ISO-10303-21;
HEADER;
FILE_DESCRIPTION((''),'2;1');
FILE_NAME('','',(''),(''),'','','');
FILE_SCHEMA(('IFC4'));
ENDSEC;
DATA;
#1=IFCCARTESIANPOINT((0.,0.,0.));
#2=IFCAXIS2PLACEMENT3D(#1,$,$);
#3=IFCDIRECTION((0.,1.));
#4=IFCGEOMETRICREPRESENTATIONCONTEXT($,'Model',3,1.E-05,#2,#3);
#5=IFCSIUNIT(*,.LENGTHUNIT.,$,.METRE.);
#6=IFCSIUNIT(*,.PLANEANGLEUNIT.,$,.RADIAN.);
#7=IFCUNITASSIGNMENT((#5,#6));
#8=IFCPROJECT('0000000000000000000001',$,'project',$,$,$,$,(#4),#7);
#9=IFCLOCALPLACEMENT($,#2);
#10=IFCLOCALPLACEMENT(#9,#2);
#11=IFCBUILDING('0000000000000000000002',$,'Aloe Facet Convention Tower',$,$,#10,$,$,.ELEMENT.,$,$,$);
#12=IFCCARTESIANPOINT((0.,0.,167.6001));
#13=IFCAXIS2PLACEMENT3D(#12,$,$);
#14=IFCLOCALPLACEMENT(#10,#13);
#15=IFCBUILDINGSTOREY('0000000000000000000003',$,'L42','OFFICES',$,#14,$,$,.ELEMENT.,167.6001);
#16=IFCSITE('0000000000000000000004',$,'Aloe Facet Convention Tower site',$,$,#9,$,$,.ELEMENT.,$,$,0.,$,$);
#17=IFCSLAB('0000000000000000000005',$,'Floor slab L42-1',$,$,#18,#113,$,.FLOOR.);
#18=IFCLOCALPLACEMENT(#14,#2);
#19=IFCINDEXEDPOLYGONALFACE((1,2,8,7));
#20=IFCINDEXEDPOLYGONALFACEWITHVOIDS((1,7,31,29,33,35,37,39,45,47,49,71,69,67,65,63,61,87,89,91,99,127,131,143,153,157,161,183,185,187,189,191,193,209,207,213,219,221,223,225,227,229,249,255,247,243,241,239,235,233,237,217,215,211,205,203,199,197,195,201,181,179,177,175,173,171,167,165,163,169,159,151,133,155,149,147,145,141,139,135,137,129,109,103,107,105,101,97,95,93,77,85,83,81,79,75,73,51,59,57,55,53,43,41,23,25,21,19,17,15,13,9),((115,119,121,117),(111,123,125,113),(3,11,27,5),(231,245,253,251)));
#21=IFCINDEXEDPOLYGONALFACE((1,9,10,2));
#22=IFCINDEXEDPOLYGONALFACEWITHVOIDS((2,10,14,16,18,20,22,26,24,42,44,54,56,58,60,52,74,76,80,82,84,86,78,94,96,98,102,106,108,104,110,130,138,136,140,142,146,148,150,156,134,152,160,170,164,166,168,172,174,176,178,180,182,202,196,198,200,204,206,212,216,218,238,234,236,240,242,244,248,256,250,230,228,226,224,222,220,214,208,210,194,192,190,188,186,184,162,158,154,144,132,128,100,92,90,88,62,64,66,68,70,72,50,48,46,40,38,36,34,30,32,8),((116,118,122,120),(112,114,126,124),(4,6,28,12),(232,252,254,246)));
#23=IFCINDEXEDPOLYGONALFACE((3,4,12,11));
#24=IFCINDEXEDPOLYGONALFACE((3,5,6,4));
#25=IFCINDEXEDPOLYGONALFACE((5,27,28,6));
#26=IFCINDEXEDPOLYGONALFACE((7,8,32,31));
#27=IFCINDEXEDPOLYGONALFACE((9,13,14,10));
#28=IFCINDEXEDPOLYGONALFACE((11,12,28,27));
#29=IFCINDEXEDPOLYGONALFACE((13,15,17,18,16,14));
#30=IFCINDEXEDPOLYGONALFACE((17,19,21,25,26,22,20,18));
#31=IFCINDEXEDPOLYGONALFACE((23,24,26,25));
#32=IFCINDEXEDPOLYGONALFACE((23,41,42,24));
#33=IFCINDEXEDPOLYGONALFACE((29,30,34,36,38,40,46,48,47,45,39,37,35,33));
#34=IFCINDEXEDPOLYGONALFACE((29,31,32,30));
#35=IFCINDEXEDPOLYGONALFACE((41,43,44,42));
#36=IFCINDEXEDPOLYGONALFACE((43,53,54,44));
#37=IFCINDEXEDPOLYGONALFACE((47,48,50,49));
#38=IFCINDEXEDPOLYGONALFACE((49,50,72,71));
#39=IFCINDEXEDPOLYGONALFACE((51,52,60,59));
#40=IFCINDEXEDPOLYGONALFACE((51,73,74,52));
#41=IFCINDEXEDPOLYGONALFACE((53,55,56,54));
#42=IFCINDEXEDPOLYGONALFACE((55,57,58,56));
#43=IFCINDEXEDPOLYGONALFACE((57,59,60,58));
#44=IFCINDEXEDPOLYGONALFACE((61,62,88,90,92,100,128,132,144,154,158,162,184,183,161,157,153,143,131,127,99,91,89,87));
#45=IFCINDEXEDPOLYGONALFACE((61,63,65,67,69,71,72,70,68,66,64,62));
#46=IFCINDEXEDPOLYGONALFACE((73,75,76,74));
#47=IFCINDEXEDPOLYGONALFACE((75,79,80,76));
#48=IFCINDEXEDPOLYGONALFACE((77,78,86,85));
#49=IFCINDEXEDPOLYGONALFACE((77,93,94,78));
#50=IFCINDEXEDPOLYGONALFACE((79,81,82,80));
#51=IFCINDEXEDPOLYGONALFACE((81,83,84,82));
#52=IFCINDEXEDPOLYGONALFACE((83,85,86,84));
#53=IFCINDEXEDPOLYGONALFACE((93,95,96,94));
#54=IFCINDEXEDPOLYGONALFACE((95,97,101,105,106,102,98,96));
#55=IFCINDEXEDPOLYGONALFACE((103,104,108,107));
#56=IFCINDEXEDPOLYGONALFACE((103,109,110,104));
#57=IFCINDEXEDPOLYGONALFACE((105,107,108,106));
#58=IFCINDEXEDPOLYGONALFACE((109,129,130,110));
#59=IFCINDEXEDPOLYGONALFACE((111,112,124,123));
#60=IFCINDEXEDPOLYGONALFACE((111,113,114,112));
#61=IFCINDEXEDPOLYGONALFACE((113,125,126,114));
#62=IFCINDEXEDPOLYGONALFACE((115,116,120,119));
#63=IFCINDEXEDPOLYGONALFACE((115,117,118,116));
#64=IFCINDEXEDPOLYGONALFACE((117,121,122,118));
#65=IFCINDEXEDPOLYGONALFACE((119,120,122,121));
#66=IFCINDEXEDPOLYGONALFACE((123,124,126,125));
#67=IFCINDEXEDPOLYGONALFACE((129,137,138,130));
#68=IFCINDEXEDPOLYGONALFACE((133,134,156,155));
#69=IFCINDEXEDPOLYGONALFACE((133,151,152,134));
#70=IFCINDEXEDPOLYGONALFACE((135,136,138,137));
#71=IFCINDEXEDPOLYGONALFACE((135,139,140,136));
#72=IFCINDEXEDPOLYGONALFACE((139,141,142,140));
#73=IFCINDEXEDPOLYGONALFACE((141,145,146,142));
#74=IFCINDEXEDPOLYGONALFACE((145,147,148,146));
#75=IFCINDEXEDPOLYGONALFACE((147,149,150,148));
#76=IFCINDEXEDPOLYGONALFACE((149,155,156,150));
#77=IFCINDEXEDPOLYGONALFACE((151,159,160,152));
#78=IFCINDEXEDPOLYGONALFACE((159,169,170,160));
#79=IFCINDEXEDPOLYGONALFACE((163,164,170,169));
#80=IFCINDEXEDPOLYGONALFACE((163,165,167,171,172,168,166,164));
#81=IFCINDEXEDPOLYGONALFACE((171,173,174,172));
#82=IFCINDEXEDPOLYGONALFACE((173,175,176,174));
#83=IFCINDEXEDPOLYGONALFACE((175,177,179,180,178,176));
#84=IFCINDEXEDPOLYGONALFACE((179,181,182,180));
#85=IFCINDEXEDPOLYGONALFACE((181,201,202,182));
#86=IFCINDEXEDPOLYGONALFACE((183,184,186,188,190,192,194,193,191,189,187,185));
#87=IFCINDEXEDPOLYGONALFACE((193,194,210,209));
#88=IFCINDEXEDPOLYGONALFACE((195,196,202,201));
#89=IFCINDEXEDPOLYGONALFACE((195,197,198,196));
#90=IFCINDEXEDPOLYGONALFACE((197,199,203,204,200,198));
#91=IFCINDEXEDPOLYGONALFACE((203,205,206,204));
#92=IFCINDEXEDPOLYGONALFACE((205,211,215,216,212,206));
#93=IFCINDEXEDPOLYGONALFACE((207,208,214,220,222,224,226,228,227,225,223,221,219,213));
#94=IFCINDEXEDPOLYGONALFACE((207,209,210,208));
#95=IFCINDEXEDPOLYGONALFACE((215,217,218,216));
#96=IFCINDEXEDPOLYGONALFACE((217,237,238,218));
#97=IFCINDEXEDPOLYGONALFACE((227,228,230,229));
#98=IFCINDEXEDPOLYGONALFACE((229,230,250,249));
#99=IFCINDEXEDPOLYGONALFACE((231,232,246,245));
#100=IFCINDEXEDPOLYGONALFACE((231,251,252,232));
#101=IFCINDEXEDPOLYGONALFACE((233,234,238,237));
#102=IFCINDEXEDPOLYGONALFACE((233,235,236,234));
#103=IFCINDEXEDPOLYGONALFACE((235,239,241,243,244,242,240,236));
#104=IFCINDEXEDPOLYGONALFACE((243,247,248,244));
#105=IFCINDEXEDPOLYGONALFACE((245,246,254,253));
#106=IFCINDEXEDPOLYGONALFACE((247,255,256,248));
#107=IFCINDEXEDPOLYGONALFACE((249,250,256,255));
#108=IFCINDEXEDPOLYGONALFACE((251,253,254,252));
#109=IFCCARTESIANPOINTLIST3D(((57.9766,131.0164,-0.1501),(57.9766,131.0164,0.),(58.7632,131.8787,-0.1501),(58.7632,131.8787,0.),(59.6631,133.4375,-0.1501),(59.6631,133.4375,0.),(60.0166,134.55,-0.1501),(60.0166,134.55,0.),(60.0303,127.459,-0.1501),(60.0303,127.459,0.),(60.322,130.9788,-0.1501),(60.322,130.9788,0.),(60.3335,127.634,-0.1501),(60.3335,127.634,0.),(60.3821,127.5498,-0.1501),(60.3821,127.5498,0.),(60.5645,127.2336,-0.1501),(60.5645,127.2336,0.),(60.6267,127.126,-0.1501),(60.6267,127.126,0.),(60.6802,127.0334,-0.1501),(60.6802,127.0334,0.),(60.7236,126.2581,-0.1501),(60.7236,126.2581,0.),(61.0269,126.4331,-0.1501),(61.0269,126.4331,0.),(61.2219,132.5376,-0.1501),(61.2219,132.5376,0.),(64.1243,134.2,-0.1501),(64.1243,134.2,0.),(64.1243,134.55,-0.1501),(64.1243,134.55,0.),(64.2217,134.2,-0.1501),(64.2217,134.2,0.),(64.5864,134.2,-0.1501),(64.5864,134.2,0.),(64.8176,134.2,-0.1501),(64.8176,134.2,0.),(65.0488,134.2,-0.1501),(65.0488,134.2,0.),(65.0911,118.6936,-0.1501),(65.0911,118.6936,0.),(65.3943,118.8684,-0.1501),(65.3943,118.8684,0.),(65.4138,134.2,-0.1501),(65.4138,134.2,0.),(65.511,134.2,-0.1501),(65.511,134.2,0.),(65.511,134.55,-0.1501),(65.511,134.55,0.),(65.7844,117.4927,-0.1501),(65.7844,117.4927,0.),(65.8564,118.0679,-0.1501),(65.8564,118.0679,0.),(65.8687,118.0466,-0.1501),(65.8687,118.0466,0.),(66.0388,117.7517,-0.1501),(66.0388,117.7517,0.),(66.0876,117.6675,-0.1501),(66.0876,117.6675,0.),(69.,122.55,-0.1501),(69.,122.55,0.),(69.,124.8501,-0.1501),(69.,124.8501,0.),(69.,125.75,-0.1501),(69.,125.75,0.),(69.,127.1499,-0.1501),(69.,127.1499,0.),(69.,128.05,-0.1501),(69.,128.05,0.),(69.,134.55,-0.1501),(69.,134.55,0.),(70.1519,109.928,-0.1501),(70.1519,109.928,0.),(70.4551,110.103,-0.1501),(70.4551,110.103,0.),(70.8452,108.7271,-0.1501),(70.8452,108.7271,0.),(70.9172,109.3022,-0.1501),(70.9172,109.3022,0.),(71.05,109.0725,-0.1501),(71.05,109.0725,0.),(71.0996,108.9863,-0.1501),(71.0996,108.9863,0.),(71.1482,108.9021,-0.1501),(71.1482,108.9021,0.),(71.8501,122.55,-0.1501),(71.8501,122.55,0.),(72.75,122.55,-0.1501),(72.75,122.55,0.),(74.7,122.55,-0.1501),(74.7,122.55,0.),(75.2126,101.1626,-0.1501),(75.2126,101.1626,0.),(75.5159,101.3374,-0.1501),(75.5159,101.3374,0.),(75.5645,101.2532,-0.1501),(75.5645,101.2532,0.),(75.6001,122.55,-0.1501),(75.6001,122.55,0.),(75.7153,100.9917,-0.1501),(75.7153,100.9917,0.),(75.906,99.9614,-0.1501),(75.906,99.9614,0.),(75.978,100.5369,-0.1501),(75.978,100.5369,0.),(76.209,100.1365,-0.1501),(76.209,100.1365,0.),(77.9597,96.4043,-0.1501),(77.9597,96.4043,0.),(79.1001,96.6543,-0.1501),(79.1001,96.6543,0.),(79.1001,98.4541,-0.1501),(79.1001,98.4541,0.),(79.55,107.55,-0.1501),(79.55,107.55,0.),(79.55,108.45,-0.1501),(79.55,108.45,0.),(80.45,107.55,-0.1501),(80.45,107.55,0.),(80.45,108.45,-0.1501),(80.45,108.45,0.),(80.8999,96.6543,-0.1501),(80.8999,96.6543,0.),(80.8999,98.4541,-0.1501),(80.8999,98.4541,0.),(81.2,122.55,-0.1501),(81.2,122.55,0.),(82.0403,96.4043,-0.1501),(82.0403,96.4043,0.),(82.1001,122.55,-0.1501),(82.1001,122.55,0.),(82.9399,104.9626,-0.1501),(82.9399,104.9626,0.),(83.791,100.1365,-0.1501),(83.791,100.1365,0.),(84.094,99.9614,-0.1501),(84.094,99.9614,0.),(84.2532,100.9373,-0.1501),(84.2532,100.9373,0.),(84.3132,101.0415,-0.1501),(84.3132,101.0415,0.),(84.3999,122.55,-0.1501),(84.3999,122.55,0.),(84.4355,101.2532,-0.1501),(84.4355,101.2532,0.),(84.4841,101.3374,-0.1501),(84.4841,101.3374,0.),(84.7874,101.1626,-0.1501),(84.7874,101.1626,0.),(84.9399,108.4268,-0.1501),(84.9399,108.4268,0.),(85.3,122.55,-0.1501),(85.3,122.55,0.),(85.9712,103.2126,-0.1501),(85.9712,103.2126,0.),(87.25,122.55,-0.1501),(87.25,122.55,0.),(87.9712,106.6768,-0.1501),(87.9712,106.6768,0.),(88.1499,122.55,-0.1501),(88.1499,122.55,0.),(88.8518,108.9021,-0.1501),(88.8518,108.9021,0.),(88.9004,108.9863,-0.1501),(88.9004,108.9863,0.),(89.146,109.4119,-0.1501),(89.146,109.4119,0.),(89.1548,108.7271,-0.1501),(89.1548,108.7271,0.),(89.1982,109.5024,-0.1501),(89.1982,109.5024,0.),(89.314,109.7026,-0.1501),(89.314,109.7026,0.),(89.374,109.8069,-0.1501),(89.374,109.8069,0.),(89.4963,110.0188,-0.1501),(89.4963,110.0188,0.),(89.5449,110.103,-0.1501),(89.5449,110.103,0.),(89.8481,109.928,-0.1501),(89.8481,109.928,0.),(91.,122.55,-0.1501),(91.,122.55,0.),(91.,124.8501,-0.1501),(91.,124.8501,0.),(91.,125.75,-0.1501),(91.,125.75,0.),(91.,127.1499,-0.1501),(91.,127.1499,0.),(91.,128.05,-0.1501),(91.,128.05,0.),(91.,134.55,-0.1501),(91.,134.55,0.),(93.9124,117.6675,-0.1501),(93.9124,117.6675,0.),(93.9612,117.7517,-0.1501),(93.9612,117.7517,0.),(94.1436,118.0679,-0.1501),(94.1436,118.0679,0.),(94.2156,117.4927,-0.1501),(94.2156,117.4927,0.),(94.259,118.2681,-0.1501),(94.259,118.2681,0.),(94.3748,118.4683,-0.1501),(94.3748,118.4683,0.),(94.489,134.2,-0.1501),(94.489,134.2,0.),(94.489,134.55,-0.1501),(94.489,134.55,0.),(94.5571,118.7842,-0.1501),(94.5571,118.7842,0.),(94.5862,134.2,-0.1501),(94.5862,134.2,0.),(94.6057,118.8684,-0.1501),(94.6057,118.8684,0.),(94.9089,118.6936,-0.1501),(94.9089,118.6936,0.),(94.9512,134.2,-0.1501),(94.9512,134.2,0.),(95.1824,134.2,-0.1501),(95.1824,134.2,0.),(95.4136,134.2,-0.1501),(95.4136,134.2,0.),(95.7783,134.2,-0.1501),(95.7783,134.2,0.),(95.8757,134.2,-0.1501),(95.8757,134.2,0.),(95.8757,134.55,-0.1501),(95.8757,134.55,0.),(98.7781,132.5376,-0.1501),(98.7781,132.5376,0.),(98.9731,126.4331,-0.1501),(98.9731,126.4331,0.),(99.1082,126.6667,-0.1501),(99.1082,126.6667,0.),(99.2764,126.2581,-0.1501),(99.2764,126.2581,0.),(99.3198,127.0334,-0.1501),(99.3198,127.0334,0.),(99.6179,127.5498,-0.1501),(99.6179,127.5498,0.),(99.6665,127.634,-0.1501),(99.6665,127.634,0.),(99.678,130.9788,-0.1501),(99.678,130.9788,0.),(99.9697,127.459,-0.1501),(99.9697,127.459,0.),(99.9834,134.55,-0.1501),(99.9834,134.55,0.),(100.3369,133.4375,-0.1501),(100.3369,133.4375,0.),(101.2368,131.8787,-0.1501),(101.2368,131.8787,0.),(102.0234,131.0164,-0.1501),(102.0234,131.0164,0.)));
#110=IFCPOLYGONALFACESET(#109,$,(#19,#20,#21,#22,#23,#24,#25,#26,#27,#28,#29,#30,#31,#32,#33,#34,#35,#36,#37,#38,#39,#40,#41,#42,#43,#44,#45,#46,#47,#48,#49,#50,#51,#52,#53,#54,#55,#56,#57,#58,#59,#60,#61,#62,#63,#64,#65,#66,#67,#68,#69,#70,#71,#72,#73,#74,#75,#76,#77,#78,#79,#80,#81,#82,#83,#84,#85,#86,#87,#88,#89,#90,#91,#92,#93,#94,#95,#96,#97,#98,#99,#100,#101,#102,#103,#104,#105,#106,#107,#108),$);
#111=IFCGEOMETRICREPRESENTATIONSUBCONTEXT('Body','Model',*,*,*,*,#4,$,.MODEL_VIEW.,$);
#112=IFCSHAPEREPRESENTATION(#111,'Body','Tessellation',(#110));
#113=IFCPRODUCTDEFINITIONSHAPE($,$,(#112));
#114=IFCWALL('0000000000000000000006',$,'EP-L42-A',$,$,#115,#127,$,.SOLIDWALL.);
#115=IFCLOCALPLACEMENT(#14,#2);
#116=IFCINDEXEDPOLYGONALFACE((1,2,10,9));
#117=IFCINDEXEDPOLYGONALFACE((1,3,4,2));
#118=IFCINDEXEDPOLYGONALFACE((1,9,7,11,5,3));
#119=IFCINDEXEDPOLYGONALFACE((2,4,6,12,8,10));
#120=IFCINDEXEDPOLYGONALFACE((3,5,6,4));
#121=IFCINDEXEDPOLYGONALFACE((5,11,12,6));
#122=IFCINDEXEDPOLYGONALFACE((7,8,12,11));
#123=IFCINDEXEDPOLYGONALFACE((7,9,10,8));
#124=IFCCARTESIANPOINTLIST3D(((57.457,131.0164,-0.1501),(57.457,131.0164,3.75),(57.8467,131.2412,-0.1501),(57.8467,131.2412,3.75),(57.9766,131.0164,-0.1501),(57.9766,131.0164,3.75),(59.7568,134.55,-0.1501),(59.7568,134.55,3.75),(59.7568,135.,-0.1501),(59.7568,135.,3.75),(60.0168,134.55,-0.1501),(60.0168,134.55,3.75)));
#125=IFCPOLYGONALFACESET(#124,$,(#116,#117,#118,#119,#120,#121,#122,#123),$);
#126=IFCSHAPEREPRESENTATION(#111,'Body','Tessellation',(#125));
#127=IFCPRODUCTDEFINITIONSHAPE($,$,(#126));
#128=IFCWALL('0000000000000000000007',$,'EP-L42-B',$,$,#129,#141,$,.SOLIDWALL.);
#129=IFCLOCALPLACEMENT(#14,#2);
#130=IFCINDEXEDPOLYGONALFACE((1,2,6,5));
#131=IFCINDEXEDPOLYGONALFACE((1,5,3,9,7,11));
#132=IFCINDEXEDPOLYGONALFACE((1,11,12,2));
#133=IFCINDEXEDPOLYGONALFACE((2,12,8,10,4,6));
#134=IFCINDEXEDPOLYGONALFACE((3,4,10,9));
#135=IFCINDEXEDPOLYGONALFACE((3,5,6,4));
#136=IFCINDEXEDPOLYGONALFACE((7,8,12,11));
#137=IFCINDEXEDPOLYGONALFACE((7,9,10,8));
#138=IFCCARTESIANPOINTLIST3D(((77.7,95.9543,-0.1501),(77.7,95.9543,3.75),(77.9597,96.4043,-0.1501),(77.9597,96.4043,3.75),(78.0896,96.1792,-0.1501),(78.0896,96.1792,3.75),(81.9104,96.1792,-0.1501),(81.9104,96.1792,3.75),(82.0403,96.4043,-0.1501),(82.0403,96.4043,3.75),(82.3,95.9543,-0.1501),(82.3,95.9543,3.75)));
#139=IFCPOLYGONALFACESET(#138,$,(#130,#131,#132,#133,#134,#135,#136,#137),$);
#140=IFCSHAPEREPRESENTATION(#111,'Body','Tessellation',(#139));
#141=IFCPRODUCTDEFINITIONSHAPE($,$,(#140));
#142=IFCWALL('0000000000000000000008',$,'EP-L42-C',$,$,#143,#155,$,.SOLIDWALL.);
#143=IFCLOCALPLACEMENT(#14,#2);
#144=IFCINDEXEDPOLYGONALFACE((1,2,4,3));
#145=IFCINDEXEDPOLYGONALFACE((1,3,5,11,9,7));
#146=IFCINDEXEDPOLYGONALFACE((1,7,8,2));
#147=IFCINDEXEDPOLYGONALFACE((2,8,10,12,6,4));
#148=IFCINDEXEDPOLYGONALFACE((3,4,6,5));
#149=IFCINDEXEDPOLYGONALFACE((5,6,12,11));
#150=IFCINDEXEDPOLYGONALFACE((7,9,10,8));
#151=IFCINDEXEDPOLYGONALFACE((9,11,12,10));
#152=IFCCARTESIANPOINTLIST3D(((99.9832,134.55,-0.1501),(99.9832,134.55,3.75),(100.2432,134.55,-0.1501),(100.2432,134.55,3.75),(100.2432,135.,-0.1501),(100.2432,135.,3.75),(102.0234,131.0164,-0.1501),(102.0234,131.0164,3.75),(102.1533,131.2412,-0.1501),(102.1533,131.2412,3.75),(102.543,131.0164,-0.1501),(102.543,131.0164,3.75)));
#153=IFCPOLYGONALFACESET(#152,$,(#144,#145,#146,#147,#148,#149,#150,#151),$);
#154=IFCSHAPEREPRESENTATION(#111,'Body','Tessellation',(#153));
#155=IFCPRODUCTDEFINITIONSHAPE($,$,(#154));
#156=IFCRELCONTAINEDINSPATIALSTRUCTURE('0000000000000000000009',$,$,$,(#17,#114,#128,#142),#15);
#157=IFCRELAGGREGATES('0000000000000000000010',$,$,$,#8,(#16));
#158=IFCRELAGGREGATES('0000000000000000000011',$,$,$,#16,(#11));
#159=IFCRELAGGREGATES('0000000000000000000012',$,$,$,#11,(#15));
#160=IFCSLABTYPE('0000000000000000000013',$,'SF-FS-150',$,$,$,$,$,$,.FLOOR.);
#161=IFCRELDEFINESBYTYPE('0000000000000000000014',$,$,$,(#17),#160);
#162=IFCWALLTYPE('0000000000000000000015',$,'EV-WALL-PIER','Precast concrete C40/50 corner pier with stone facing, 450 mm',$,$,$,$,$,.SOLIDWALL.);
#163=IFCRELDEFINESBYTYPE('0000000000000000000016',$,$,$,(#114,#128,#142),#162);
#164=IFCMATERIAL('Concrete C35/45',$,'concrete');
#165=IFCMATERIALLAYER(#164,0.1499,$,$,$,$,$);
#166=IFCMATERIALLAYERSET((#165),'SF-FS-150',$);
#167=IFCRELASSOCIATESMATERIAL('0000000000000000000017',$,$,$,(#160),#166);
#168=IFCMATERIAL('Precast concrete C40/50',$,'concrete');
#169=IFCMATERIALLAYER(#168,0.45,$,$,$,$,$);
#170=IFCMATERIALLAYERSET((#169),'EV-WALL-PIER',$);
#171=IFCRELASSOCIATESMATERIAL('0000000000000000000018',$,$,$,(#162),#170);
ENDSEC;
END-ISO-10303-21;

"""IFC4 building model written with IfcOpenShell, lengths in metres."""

from ifc_helpers import new_model, si_unit, direction, frame, origin, place, context, subcontext, project, spatial, polyline, outline, extrude, material, layer, layer_set, type_object, element, save


model = new_model("IFC4")

# Units and contexts
model_context = context("Model", 3, precision=1e-05, world=origin(), true_north=direction((0.0, 1.0)))
body_context = subcontext(model_context, "Body", "Model", "MODEL_VIEW")
ifc_project = project(units=[si_unit("LENGTHUNIT", "METRE"), si_unit("PLANEANGLEUNIT", "RADIAN")], contexts=[model_context])

# Site, building, storey
site_placement = place(None, origin())
site = spatial("IfcSite", under=ifc_project, at=site_placement, Name="Aloe Facet Convention Tower site", CompositionType="ELEMENT", RefElevation=0.0)
building_placement = place(site_placement, origin())
building = spatial("IfcBuilding", under=site, at=building_placement, Name="Aloe Facet Convention Tower", CompositionType="ELEMENT")
storey_placement = place(building_placement, frame((0.0, 0.0, 167.6001)))
storey = spatial("IfcBuildingStorey", under=building, at=storey_placement, Name="L42", Description="OFFICES", CompositionType="ELEMENT", Elevation=167.6001)

# Slab
ifc_material_1 = material(Name="Concrete C35/45", Category="concrete")
ifc_layer_1 = layer(ifc_material_1, 0.1499)
ifc_layer_set_1 = layer_set([ifc_layer_1], Name="SF-FS-150")
slab_type_1 = type_object("IfcSlabType", Name="SF-FS-150", PredefinedType="FLOOR", material=ifc_layer_set_1)
slab_1_placement = place(storey_placement, frame((0.0, 0.0, -0.1501)))
element("IfcSlab", 1, at=slab_1_placement, inside=storey, type_object=slab_type_1, Name="Floor slab L42-1", PredefinedType="FLOOR", context=body_context, shape_type="SweptSolid", body=[
    extrude(outline(polyline([(77.9597, 96.4043), (75.906, 99.9614), (76.209, 100.1365), (75.978, 100.5369), (75.7153, 100.9917), (75.5645, 101.2532), (75.5159, 101.3374), (75.2126, 101.1626), (70.8452, 108.7271), (71.1482, 108.9021), (71.0996, 108.9863), (71.05, 109.0725), (70.9172, 109.3022), (70.4551, 110.103), (70.1519, 109.928), (65.7844, 117.4927), (66.0876, 117.6675), (66.0388, 117.7517), (65.8687, 118.0466), (65.8564, 118.0679), (65.8564, 118.0679), (65.3943, 118.8684), (65.0911, 118.6936), (60.7236, 126.2581), (61.0269, 126.4331), (60.6802, 127.0334), (60.6267, 127.126), (60.5645, 127.2336), (60.3821, 127.5498), (60.3335, 127.634), (60.0303, 127.459), (57.9766, 131.0164), (60.0166, 134.55), (64.1243, 134.55), (64.1243, 134.2), (64.2217, 134.2), (64.5864, 134.2), (64.8176, 134.2), (65.0488, 134.2), (65.4138, 134.2), (65.511, 134.2), (65.511, 134.55), (69.0, 134.55), (69.0, 128.05), (69.0, 127.1499), (69.0, 125.75), (69.0, 124.8501), (69.0, 122.55), (71.8501, 122.55), (72.75, 122.55), (74.7, 122.55), (75.6001, 122.55), (81.2, 122.55), (82.1001, 122.55), (84.3999, 122.55), (85.3, 122.55), (87.25, 122.55), (88.1499, 122.55), (91.0, 122.55), (91.0, 124.8501), (91.0, 125.75), (91.0, 127.1499), (91.0, 128.05), (91.0, 134.55), (94.489, 134.55), (94.489, 134.2), (94.5862, 134.2), (94.9512, 134.2), (95.1824, 134.2), (95.4136, 134.2), (95.7783, 134.2), (95.8757, 134.2), (95.8757, 134.55), (99.9834, 134.55), (102.0234, 131.0164), (99.9697, 127.459), (99.6665, 127.634), (99.6179, 127.5498), (99.3198, 127.0334), (99.1082, 126.6667), (98.9731, 126.4331), (99.2764, 126.2581), (94.9089, 118.6936), (94.6057, 118.8684), (94.5571, 118.7842), (94.3748, 118.4683), (94.259, 118.2681), (94.1436, 118.0679), (93.9612, 117.7517), (93.9124, 117.6675), (94.2156, 117.4927), (89.8481, 109.928), (89.5449, 110.103), (89.4963, 110.0188), (89.374, 109.8069), (89.314, 109.7026), (89.1982, 109.5024), (89.146, 109.4119), (88.9004, 108.9863), (88.8518, 108.9021), (89.1548, 108.7271), (87.9712, 106.6768), (84.9399, 108.4268), (82.9399, 104.9626), (85.9712, 103.2126), (84.7874, 101.1626), (84.4841, 101.3374), (84.4355, 101.2532), (84.3132, 101.0415), (84.2532, 100.9373), (83.791, 100.1365), (84.094, 99.9614), (82.0403, 96.4043), (77.9597, 96.4043)]), holes=[polyline([(61.2219, 132.5376), (59.6631, 133.4375), (58.7632, 131.8787), (60.322, 130.9788), (61.2219, 132.5376)]), polyline([(79.1001, 98.4541), (79.1001, 96.6543), (80.8999, 96.6543), (80.8999, 98.4541), (79.1001, 98.4541)]), polyline([(79.55, 107.55), (80.45, 107.55), (80.45, 108.45), (79.55, 108.45), (79.55, 107.55)]), polyline([(99.678, 130.9788), (101.2368, 131.8787), (100.3369, 133.4375), (98.7781, 132.5376), (99.678, 130.9788)])]), origin(), (0.0, 0.0, 1.0), 0.1501),
])

# Walls
ifc_material_2 = material(Name="Precast concrete C40/50", Category="concrete")
ifc_layer_2 = layer(ifc_material_2, 0.45)
ifc_layer_set_2 = layer_set([ifc_layer_2], Name="EV-WALL-PIER")
wall_type_1 = type_object("IfcWallType", Name="EV-WALL-PIER", Description="Precast concrete C40/50 corner pier with stone facing, 450 mm", PredefinedType="SOLIDWALL", material=ifc_layer_set_2)
wall_1_placement = place(storey_placement, frame((0.0, 0.0, -0.1501)))
element("IfcWall", 2, at=wall_1_placement, inside=storey, type_object=wall_type_1, Name="EP-L42-A", PredefinedType="SOLIDWALL", context=body_context, shape_type="SweptSolid", body=[
    extrude(outline(polyline([(59.7568, 135.0), (59.7568, 134.55), (60.0168, 134.55), (57.9766, 131.0164), (57.8467, 131.2412), (57.457, 131.0164), (59.7568, 135.0)])), origin(), (0.0, 0.0, 1.0), 3.9001),
])
wall_2_placement = place(storey_placement, frame((0.0, 0.0, -0.1501)))
element("IfcWall", 3, at=wall_2_placement, inside=storey, type_object=wall_type_1, Name="EP-L42-B", PredefinedType="SOLIDWALL", context=body_context, shape_type="SweptSolid", body=[
    extrude(outline(polyline([(77.7, 95.9543), (78.0896, 96.1792), (77.9597, 96.4043), (82.0403, 96.4043), (81.9104, 96.1792), (82.3, 95.9543), (77.7, 95.9543)])), origin(), (0.0, 0.0, 1.0), 3.9001),
])
wall_3_placement = place(storey_placement, frame((0.0, 0.0, -0.1501)))
element("IfcWall", 4, at=wall_3_placement, inside=storey, type_object=wall_type_1, Name="EP-L42-C", PredefinedType="SOLIDWALL", context=body_context, shape_type="SweptSolid", body=[
    extrude(outline(polyline([(102.543, 131.0164), (102.1533, 131.2412), (102.0234, 131.0164), (99.9832, 134.55), (100.2432, 134.55), (100.2432, 135.0), (102.543, 131.0164)])), origin(), (0.0, 0.0, 1.0), 3.9001),
])

save(model, "model.ifc")
